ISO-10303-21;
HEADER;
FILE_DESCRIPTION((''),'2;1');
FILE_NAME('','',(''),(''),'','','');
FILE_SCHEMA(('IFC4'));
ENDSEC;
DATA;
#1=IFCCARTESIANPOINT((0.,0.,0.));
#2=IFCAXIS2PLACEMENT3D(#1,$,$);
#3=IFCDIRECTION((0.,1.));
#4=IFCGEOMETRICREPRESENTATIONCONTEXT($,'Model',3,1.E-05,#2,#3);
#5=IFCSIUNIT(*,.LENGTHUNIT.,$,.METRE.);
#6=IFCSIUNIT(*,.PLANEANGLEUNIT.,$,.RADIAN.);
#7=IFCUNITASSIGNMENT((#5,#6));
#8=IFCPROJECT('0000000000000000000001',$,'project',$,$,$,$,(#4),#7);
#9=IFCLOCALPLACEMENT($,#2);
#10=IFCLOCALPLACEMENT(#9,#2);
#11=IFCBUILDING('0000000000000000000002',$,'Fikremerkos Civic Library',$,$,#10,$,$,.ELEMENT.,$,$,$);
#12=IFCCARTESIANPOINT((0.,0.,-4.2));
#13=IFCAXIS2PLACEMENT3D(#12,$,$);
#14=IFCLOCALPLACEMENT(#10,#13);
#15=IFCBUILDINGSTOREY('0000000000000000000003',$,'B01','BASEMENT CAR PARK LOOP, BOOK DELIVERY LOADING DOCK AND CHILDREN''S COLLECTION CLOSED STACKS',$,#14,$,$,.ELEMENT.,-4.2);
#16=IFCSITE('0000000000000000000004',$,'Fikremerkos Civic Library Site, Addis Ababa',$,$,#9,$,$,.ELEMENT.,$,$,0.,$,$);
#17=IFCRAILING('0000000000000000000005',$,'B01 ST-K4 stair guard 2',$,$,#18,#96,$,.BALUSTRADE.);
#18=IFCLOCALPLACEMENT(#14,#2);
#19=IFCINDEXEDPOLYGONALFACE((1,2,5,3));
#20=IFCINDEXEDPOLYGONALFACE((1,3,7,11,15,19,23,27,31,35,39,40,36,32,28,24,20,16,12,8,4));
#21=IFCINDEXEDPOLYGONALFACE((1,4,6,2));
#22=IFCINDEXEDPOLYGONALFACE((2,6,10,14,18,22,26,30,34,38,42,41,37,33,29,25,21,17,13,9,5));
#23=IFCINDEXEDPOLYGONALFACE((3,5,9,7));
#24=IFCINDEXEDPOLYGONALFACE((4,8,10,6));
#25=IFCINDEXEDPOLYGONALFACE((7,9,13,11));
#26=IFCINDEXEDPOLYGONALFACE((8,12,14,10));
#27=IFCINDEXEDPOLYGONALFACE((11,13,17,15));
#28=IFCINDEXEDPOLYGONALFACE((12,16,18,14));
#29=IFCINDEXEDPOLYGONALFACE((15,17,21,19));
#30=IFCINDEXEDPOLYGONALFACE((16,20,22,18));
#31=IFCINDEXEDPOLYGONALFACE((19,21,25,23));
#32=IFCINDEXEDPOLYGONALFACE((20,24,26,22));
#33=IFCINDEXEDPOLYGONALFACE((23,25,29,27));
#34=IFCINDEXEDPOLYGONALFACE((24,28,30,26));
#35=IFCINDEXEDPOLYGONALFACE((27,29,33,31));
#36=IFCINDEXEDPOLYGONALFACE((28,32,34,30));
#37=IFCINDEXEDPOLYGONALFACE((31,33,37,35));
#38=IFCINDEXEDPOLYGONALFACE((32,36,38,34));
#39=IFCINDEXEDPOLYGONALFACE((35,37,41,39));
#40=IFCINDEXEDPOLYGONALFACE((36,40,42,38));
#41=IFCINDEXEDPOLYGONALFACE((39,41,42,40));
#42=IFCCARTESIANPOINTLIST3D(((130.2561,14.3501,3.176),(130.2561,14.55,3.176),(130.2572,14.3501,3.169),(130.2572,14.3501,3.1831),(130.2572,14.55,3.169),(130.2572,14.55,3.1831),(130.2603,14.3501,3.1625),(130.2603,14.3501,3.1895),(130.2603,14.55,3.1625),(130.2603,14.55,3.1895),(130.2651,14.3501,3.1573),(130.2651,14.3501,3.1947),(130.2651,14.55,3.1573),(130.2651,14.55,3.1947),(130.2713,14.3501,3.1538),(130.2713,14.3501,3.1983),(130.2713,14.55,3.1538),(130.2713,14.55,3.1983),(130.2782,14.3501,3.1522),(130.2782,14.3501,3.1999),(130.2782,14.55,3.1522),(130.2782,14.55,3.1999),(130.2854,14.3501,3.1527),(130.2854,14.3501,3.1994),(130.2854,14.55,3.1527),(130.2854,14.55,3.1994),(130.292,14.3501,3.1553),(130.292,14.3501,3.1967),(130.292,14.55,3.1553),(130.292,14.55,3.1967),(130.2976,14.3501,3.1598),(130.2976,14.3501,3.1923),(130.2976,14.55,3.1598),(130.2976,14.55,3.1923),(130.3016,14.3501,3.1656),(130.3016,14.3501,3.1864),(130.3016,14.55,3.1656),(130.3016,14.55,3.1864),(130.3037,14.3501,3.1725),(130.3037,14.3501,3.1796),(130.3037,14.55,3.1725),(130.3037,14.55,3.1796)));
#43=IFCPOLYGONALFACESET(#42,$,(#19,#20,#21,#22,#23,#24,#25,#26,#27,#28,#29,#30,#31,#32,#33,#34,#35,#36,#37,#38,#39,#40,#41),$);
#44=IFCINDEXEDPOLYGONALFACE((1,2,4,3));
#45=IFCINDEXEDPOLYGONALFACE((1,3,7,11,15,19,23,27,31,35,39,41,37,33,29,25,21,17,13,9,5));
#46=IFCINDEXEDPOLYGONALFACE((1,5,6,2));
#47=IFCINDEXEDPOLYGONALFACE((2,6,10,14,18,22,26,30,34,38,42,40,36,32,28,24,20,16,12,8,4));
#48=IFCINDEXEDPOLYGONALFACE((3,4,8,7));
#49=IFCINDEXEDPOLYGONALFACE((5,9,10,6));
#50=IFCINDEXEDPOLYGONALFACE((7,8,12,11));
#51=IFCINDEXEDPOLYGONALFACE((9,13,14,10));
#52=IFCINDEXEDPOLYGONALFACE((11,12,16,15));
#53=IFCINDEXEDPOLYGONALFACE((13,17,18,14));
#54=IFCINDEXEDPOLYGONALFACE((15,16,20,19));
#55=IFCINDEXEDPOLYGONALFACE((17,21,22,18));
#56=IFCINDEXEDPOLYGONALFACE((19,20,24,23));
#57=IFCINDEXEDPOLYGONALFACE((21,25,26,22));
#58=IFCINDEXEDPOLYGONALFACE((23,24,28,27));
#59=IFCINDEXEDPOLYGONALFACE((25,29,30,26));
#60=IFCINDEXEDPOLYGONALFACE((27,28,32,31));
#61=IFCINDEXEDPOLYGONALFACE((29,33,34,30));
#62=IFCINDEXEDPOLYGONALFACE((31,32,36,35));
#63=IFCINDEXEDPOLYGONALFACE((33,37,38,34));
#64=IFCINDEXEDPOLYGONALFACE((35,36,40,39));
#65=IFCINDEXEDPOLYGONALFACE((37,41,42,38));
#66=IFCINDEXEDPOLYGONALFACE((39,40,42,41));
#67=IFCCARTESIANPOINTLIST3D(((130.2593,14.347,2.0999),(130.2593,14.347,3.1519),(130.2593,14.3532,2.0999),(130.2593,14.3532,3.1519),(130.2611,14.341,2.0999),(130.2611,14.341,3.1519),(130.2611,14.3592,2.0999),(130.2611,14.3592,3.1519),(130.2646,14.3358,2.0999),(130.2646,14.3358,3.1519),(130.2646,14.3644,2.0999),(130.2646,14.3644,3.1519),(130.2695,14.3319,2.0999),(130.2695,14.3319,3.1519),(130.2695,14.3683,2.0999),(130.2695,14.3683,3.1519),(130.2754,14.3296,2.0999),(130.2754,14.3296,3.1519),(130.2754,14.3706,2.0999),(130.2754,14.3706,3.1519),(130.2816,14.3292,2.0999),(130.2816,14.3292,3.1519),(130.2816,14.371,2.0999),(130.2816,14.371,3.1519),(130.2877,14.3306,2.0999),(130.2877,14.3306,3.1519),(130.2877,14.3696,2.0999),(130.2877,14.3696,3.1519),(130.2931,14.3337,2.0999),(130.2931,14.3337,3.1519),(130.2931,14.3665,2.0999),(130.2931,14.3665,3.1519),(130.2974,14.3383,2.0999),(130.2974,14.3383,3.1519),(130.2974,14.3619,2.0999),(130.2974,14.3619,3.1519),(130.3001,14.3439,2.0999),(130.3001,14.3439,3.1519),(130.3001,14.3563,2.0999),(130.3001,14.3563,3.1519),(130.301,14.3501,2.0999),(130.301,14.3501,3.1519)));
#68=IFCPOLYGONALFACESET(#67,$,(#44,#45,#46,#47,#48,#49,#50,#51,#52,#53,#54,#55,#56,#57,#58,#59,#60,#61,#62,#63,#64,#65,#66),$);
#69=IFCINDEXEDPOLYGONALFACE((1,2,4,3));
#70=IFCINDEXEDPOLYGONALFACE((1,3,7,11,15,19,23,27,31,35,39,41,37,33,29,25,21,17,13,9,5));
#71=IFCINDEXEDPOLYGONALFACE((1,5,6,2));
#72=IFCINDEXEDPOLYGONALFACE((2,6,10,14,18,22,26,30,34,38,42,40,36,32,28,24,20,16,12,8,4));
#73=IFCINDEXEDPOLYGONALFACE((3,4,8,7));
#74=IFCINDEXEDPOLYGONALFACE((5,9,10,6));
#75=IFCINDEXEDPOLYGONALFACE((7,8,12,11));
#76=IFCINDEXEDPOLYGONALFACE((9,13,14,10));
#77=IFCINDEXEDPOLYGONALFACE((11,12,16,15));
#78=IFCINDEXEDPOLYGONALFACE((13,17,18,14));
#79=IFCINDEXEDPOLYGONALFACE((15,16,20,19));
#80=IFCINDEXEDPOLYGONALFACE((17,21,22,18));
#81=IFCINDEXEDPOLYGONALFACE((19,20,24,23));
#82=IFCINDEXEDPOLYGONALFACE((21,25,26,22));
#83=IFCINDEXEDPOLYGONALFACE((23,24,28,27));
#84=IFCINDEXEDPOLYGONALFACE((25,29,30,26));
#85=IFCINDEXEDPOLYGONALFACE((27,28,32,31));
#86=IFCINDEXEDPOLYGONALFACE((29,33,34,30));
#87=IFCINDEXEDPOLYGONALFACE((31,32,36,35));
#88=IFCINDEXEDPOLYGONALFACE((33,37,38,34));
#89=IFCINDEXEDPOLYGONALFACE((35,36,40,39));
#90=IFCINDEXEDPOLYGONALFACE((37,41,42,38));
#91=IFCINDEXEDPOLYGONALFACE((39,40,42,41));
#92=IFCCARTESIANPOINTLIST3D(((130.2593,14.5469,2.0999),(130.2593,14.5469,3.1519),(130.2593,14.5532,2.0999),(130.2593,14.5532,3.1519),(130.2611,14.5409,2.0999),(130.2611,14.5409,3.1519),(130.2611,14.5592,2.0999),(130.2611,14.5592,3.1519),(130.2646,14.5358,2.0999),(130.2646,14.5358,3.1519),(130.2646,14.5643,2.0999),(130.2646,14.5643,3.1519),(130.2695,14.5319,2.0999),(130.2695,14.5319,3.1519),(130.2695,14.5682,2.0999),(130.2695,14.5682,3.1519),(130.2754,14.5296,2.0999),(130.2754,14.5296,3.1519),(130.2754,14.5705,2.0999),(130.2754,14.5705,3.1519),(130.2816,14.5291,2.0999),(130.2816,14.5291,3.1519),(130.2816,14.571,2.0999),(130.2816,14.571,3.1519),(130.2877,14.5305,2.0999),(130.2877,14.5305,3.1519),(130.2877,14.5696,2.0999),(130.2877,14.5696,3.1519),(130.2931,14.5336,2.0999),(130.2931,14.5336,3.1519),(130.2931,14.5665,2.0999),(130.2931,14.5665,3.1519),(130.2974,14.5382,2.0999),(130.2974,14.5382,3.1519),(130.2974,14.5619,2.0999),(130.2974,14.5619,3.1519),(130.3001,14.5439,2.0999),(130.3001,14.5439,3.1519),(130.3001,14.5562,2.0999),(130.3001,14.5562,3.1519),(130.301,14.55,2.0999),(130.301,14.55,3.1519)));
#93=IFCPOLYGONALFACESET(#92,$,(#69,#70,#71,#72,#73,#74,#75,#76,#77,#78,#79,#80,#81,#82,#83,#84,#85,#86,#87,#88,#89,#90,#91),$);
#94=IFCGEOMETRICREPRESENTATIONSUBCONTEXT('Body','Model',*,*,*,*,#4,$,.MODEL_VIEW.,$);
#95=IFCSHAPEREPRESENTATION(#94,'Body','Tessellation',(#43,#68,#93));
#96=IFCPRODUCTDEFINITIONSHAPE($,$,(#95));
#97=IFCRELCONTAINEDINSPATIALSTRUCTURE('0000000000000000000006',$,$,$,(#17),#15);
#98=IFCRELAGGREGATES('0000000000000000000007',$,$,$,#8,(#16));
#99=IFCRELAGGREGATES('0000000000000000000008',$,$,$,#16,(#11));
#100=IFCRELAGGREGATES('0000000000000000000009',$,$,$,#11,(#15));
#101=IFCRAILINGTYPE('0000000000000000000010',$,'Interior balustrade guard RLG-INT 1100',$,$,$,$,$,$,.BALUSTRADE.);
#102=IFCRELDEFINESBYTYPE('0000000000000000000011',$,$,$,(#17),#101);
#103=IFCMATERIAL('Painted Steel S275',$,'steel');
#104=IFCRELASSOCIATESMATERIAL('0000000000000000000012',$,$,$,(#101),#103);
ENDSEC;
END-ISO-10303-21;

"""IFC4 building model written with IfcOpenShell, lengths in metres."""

from ifc_helpers import new_model, si_unit, direction, frame, origin, origin_2d, place, context, subcontext, project, spatial, circle, extrude, material, type_object, element, save


model = new_model("IFC4")

# Units and contexts
model_context = context("Model", 3, precision=1e-05, world=origin(), true_north=direction((0.0, 1.0)))
body_context = subcontext(model_context, "Body", "Model", "MODEL_VIEW")
ifc_project = project(units=[si_unit("LENGTHUNIT", "METRE"), si_unit("PLANEANGLEUNIT", "RADIAN")], contexts=[model_context])

# Site, building, storey
site_placement = place(None, origin())
site = spatial("IfcSite", under=ifc_project, at=site_placement, Name="Fikremerkos Civic Library Site, Addis Ababa", CompositionType="ELEMENT", RefElevation=0.0)
building_placement = place(site_placement, origin())
building = spatial("IfcBuilding", under=site, at=building_placement, Name="Fikremerkos Civic Library", CompositionType="ELEMENT")
storey_placement = place(building_placement, frame((0.0, 0.0, -4.2)))
storey = spatial("IfcBuildingStorey", under=building, at=storey_placement, Name="B01", Description="BASEMENT CAR PARK LOOP, BOOK DELIVERY LOADING DOCK AND CHILDREN'S COLLECTION CLOSED STACKS", CompositionType="ELEMENT", Elevation=-4.2)

# Railing
ifc_material_1 = material(Name="Painted Steel S275", Category="steel")
railing_type_1 = type_object("IfcRailingType", Name="Interior balustrade guard RLG-INT 1100", PredefinedType="BALUSTRADE", material=ifc_material_1)
railing_1_placement = place(storey_placement, frame((130.28, 14.3501, 2.0999)))
element("IfcRailing", 1, at=railing_1_placement, inside=storey, type_object=railing_type_1, Name="B01 ST-K4 stair guard 2", PredefinedType="BALUSTRADE", context=body_context, shape_type="SweptSolid", body=[
    extrude(circle(Radius=0.0239, at=origin_2d()), frame((0.0, 0.0, 1.0762), z_axis=(0.0, 1.0, 0.0), x_axis=(-1.0, 0.0, 0.0)), (0.0, 0.0, 1.0), 0.2),
    extrude(circle(Radius=0.021, at=origin_2d()), origin(), (0.0, 0.0, 1.0), 1.052),
    extrude(circle(Radius=0.021, at=origin_2d()), frame((0.0, 0.2, 0.0)), (0.0, 0.0, 1.0), 1.052),
])

save(model, "model.ifc")
